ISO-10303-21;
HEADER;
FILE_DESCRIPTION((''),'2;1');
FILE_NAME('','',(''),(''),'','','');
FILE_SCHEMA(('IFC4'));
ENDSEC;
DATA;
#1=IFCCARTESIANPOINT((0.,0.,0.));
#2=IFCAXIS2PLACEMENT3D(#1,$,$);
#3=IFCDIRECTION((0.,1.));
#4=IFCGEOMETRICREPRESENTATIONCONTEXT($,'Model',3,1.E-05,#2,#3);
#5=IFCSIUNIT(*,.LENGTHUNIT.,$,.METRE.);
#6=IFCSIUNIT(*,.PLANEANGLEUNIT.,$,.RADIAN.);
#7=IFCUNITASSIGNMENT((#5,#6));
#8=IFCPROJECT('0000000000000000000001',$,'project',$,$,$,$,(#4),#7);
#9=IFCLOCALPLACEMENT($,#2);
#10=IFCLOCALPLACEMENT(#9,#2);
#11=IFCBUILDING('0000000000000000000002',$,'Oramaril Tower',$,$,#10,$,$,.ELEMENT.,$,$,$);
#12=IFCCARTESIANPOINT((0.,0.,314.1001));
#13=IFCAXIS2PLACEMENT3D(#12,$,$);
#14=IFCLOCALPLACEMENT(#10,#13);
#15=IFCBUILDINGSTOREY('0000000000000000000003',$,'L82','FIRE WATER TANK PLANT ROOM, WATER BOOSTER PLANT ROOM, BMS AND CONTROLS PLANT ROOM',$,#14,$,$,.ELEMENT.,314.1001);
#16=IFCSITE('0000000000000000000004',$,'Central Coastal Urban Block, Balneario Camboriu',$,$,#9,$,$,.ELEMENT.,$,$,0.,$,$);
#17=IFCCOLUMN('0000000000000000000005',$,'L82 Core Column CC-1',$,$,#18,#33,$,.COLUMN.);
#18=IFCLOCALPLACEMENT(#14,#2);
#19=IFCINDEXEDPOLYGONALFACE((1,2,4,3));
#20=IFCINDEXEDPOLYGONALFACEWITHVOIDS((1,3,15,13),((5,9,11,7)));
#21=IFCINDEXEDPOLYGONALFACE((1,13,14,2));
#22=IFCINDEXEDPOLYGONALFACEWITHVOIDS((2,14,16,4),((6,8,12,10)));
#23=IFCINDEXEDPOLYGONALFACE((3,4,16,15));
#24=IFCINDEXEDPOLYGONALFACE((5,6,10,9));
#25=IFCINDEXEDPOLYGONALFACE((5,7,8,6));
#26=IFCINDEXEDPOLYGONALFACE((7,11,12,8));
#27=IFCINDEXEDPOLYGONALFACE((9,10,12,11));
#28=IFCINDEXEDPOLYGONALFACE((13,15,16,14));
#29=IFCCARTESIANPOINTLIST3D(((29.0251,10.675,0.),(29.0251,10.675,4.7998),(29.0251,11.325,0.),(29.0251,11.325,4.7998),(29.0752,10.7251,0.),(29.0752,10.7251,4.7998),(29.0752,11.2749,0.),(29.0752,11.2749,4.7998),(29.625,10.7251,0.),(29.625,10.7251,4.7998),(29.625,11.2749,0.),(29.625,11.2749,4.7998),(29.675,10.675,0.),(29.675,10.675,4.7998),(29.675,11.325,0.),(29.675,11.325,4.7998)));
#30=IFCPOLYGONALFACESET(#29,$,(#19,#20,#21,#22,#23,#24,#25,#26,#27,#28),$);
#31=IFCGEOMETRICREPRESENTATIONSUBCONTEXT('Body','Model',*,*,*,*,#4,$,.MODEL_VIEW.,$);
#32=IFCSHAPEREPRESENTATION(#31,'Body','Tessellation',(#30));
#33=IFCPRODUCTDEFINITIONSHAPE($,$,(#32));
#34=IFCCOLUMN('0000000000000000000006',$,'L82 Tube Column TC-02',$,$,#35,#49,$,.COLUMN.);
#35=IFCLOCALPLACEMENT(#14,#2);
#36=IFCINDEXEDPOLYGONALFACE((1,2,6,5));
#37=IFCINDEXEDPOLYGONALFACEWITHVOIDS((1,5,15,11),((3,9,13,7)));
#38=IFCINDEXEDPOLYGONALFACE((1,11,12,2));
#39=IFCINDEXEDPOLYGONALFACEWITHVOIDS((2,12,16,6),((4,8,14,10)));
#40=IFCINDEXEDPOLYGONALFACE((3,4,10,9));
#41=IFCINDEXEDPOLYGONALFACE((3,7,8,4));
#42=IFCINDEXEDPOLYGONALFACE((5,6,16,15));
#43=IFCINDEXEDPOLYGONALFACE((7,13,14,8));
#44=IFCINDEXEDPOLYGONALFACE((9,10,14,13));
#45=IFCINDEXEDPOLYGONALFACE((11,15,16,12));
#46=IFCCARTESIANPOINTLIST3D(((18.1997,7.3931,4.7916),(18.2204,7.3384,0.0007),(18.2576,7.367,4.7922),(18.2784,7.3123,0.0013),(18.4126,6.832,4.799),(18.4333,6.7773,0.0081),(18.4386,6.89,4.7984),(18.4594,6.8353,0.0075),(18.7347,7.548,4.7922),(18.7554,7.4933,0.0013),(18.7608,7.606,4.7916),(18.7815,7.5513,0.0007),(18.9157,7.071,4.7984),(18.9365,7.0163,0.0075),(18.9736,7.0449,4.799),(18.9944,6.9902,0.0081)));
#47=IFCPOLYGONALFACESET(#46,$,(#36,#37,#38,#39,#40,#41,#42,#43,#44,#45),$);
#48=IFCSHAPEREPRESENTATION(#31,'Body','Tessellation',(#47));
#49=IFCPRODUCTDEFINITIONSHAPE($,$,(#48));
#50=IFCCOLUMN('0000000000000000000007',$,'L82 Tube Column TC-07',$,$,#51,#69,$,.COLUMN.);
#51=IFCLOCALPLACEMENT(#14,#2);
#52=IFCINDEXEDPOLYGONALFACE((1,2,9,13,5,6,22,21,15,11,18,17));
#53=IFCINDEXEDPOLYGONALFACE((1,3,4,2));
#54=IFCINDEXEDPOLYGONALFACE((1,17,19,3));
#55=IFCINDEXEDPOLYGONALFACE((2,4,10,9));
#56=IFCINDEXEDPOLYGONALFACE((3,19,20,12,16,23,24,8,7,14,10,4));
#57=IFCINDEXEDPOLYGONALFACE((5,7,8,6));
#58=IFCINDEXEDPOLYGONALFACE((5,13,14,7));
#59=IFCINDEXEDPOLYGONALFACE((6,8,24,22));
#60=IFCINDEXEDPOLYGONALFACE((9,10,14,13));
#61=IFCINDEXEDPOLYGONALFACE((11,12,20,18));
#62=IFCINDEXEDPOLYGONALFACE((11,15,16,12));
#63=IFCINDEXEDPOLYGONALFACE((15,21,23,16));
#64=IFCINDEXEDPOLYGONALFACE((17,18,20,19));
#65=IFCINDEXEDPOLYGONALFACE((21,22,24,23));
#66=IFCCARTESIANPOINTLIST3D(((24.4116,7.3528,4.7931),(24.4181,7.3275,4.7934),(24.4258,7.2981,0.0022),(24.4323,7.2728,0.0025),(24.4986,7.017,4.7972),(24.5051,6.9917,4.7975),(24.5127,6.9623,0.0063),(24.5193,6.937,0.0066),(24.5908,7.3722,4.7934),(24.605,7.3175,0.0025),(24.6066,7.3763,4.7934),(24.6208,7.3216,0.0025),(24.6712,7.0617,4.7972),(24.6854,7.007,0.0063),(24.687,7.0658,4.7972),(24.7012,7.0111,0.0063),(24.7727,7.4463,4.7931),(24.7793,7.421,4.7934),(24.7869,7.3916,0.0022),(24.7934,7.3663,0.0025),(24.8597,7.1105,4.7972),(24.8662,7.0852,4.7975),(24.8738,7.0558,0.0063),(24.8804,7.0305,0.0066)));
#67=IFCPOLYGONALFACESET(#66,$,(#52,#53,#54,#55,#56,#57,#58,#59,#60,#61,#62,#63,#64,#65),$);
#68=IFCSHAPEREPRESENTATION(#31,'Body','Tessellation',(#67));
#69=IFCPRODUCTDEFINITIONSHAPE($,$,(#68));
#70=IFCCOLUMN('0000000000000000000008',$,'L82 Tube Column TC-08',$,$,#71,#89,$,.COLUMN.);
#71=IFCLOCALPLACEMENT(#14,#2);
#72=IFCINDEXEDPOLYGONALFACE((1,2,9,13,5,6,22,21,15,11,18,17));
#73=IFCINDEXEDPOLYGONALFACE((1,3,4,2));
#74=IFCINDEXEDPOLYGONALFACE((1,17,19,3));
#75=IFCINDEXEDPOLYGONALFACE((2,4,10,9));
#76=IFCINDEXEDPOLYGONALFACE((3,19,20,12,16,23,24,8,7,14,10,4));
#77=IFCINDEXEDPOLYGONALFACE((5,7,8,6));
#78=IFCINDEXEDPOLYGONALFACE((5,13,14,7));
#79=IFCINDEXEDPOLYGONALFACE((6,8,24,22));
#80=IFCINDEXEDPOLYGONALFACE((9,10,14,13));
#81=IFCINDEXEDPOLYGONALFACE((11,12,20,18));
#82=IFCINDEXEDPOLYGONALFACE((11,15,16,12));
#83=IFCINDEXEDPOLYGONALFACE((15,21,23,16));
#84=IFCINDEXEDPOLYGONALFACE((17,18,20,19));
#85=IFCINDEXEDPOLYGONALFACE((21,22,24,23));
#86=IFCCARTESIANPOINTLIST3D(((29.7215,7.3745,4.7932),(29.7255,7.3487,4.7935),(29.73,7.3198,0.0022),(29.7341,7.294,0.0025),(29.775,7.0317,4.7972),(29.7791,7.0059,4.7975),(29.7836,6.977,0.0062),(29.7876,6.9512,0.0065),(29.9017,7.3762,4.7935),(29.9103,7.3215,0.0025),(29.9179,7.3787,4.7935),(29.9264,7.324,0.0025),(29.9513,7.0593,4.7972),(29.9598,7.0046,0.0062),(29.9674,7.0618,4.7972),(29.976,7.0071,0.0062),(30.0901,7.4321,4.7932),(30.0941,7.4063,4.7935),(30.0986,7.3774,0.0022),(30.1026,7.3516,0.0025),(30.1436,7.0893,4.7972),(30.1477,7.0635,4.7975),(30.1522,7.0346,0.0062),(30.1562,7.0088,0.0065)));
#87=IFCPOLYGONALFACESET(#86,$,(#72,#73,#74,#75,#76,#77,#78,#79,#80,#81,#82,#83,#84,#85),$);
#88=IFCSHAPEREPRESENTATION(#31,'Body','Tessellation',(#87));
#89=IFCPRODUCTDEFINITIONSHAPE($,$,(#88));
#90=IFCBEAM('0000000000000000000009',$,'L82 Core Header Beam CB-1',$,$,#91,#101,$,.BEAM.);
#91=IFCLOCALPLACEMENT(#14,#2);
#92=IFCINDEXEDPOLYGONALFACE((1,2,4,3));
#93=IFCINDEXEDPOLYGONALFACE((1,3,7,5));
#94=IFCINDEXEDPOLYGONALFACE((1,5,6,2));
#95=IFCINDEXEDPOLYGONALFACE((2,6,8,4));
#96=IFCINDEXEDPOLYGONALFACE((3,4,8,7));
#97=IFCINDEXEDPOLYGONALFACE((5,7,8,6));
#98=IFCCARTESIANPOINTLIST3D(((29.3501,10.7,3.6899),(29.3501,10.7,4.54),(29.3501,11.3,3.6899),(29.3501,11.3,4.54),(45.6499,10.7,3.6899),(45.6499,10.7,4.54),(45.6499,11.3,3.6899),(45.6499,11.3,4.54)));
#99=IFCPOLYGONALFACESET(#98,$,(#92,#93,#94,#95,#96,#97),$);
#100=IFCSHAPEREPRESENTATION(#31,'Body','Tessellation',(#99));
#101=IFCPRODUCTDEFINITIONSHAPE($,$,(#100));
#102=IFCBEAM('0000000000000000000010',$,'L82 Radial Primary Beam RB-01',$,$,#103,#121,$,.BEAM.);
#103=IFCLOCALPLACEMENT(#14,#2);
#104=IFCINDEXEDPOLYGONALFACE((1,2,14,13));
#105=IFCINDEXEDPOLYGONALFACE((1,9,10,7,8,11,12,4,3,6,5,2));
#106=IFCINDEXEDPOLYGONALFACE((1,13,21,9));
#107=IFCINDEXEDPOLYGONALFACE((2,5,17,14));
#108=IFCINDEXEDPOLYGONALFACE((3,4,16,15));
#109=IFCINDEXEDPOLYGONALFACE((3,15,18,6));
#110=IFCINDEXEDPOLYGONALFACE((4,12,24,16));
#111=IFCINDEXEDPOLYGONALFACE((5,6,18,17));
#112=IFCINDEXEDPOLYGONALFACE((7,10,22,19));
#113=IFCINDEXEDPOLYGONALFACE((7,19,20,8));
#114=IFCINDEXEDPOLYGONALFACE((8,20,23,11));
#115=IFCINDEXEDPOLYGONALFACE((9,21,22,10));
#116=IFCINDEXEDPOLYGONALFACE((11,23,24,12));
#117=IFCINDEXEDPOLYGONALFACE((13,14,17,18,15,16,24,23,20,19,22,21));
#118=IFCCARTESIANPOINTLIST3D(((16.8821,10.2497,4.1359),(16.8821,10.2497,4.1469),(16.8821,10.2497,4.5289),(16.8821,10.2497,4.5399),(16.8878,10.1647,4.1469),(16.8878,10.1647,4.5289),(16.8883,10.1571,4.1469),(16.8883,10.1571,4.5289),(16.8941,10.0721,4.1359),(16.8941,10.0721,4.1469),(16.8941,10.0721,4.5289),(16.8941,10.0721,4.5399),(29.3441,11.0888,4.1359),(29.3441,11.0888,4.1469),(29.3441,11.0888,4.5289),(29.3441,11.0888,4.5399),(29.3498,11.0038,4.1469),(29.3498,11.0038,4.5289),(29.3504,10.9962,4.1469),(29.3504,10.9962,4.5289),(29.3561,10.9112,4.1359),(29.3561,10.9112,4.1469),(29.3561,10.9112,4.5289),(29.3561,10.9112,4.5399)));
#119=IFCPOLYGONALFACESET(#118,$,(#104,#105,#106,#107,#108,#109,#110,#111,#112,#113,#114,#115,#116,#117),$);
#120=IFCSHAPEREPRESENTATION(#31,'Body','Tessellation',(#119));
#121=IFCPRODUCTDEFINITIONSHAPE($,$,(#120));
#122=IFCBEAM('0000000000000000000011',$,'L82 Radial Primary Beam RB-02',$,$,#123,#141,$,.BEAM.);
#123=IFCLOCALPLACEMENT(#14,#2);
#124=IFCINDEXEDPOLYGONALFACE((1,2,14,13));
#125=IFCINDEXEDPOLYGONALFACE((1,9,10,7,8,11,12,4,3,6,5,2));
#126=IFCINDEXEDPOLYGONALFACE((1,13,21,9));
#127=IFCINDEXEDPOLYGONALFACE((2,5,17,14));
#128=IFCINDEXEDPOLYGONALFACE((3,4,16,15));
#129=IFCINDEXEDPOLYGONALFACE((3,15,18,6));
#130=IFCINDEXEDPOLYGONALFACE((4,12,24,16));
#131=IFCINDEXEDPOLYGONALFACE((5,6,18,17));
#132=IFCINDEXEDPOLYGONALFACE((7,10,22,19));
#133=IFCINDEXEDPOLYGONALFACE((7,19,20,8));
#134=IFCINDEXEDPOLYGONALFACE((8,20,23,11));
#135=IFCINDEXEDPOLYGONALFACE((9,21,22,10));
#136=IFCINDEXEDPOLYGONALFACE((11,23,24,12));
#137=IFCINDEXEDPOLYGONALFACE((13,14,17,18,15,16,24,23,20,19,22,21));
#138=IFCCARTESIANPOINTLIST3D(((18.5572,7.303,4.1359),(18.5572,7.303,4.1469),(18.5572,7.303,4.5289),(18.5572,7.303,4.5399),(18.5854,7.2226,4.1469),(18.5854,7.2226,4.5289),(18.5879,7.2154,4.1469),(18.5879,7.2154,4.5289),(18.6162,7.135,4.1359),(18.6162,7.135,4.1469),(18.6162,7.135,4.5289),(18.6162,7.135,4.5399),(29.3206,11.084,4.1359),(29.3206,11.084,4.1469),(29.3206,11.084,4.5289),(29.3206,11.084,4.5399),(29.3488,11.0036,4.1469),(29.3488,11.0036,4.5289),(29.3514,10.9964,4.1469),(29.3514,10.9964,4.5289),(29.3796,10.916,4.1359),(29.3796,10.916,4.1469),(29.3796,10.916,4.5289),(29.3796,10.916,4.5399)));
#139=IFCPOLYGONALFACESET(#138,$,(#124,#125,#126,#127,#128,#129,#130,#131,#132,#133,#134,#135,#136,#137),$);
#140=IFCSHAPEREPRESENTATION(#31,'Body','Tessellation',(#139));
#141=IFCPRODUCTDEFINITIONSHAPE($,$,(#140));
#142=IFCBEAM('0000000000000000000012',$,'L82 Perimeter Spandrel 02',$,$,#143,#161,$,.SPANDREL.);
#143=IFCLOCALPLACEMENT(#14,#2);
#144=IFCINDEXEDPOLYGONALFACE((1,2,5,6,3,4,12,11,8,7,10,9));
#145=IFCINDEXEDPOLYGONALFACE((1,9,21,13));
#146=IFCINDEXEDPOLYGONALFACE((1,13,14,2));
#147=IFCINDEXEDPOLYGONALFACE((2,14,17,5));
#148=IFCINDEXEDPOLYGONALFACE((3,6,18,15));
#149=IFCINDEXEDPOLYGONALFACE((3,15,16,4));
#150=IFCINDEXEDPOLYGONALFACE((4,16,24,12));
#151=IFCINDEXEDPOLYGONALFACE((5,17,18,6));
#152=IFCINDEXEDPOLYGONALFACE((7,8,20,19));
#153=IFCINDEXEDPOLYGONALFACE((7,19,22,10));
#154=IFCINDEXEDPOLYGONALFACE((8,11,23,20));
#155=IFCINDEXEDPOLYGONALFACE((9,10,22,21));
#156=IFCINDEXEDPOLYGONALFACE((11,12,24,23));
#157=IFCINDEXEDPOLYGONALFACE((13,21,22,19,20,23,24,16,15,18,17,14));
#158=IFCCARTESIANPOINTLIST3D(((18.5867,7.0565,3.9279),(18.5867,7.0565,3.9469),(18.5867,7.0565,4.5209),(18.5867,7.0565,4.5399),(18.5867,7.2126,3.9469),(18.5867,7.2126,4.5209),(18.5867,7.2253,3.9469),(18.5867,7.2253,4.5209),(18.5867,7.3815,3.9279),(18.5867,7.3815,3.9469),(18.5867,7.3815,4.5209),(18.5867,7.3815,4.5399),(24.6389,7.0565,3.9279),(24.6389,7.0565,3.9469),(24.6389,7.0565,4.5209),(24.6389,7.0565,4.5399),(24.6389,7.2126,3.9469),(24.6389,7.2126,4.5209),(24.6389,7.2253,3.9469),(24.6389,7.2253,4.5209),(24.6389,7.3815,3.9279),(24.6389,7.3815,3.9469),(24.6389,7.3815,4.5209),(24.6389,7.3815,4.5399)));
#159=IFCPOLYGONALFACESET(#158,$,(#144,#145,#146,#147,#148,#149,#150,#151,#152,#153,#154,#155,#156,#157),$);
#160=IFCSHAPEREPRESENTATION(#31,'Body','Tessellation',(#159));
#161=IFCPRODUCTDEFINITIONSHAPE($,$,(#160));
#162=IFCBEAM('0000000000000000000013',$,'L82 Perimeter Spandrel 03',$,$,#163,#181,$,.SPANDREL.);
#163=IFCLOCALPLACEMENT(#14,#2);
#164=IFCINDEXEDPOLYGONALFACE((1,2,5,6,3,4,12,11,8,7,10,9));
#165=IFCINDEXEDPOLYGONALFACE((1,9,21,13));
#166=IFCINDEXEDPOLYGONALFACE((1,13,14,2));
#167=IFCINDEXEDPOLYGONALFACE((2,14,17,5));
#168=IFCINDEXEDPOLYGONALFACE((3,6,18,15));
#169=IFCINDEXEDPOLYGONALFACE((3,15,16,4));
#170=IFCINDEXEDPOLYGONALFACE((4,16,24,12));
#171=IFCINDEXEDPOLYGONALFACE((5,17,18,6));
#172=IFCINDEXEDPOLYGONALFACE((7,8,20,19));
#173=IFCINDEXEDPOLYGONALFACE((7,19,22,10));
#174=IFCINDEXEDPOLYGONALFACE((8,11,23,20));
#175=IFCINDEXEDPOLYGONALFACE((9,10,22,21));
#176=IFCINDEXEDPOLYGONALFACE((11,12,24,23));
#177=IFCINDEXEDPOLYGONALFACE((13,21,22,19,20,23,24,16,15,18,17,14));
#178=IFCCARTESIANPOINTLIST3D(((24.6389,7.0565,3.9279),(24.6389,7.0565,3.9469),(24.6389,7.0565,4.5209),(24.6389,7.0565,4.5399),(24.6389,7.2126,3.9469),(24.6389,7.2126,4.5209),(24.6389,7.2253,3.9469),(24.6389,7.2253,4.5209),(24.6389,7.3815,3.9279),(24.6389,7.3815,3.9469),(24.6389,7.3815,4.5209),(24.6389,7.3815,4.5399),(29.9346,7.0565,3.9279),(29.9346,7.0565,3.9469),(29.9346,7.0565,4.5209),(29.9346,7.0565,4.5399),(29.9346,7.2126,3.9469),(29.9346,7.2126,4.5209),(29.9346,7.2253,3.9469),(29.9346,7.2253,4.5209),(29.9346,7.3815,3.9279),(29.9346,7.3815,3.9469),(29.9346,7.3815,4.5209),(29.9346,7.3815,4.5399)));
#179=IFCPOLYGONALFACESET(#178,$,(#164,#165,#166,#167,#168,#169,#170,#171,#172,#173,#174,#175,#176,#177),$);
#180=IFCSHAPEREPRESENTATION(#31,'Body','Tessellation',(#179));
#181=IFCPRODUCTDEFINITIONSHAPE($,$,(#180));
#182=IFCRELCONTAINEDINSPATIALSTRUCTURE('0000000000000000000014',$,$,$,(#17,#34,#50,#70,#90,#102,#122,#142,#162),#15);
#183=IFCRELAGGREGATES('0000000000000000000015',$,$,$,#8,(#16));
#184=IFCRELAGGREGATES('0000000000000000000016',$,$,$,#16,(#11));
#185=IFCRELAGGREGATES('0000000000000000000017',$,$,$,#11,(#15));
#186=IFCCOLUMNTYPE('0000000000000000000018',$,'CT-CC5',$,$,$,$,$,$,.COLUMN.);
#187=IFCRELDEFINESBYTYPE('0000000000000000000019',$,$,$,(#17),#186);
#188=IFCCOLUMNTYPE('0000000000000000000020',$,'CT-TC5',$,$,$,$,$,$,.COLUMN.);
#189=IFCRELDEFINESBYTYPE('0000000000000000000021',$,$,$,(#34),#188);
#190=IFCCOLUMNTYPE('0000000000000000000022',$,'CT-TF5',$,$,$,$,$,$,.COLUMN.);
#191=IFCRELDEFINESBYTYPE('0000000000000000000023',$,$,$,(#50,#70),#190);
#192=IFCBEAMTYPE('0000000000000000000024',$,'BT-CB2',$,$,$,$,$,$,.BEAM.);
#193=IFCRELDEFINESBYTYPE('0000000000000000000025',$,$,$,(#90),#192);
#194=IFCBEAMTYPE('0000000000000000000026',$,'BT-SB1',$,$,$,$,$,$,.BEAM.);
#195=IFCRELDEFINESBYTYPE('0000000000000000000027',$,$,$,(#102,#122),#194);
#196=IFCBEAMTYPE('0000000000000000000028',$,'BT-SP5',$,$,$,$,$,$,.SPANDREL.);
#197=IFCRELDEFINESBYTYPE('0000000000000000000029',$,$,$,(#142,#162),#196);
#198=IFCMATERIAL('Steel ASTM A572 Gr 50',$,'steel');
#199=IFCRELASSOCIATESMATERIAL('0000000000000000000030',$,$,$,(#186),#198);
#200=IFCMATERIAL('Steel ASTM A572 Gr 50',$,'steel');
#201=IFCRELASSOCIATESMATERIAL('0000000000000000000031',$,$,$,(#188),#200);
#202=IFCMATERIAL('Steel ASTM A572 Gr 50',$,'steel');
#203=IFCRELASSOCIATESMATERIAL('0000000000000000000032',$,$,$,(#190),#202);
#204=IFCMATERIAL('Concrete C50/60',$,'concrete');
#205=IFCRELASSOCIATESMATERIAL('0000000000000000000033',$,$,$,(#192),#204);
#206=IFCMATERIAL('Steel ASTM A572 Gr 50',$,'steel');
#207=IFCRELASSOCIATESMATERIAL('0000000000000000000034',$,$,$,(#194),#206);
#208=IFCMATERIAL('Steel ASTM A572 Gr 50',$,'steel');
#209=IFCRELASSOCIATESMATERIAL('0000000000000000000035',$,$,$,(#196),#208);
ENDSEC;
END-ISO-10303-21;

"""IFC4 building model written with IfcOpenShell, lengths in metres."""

from ifc_helpers import new_model, si_unit, direction, frame, origin, origin_2d, place, context, subcontext, project, spatial, rectangle, hollow_rectangle, i_section, extrude, material, material_profile, profile_set, type_object, element, save


model = new_model("IFC4")

# Units and contexts
model_context = context("Model", 3, precision=1e-05, world=origin(), true_north=direction((0.0, 1.0)))
body_context = subcontext(model_context, "Body", "Model", "MODEL_VIEW")
ifc_project = project(units=[si_unit("LENGTHUNIT", "METRE"), si_unit("PLANEANGLEUNIT", "RADIAN")], contexts=[model_context])

# Site, building, storey
site_placement = place(None, origin())
site = spatial("IfcSite", under=ifc_project, at=site_placement, Name="Central Coastal Urban Block, Balneario Camboriu", CompositionType="ELEMENT", RefElevation=0.0)
building_placement = place(site_placement, origin())
building = spatial("IfcBuilding", under=site, at=building_placement, Name="Oramaril Tower", CompositionType="ELEMENT")
storey_placement = place(building_placement, frame((0.0, 0.0, 314.1001)))
storey = spatial("IfcBuildingStorey", under=building, at=storey_placement, Name="L82", Description="FIRE WATER TANK PLANT ROOM, WATER BOOSTER PLANT ROOM, BMS AND CONTROLS PLANT ROOM", CompositionType="ELEMENT", Elevation=314.1001)

# Columns
ifc_material_1 = material(Name="Steel ASTM A572 Gr 50", Category="steel")
ifc_material_profile_1 = material_profile(ifc_material_1, hollow_rectangle(XDim=0.6499, YDim=0.6499, WallThickness=0.05, at=origin_2d()), Name="BOX650X650X50")
ifc_profile_set_1 = profile_set([ifc_material_profile_1], Name="Steel ASTM A572 Gr 50")
column_type_1 = type_object("IfcColumnType", Name="CT-CC5", PredefinedType="COLUMN", material=ifc_profile_set_1)
column_1_placement = place(storey_placement, frame((29.3501, 11.0, 0.0), z_axis=(0.0, 0.0, 1.0), x_axis=(1.0, 0.0, 0.0)))
element("IfcColumn", 1, at=column_1_placement, inside=storey, type_object=column_type_1, Name="L82 Core Column CC-1", PredefinedType="COLUMN", context=body_context, shape_type="SweptSolid", body=[
    extrude(hollow_rectangle(XDim=0.6499, YDim=0.6499, WallThickness=0.05, at=origin_2d()), origin(), (0.0, 0.0, 1.0), 4.7998),
])
ifc_material_2 = material(Name="Steel ASTM A572 Gr 50", Category="steel")
ifc_material_profile_2 = material_profile(ifc_material_2, hollow_rectangle(XDim=0.6001, YDim=0.6001, WallThickness=0.0449, at=origin_2d()), Name="BOX600X600X45")
ifc_profile_set_2 = profile_set([ifc_material_profile_2], Name="Steel ASTM A572 Gr 50")
column_type_2 = type_object("IfcColumnType", Name="CT-TC5", PredefinedType="COLUMN", material=ifc_profile_set_2)
column_2_placement = place(storey_placement, frame((18.6074, 7.1643, 0.0044), z_axis=(-0.004331, 0.011414, 0.999925), x_axis=(-0.93495, -0.35478, 0.0)))
element("IfcColumn", 2, at=column_2_placement, inside=storey, type_object=column_type_2, Name="L82 Tube Column TC-02", PredefinedType="COLUMN", context=body_context, shape_type="SweptSolid", body=[
    extrude(hollow_rectangle(XDim=0.6001, YDim=0.6001, WallThickness=0.0449, at=origin_2d()), origin(), (0.0, 0.0, 1.0), 4.7913),
])
ifc_material_3 = material(Name="Steel ASTM A572 Gr 50", Category="steel")
ifc_material_profile_3 = material_profile(ifc_material_3, i_section(OverallWidth=0.373, OverallDepth=0.373, WebThickness=0.0164, FlangeThickness=0.0261, at=origin_2d()), Name="W14X132")
ifc_profile_set_3 = profile_set([ifc_material_profile_3], Name="Steel ASTM A572 Gr 50")
column_type_3 = type_object("IfcColumnType", Name="CT-TF5", PredefinedType="COLUMN", material=ifc_profile_set_3)
for number, where, z_axis, x_axis, name in (
    (3, (24.6531, 7.1643, 0.0044), (-0.002955, 0.011414, 0.99993), (-0.968075, -0.250662, 0.0), "L82 Tube Column TC-07"),
    (4, (29.9431, 7.1643, 0.0044), (-0.001783, 0.011414, 0.999933), (-0.988012, -0.154377, 0.0), "L82 Tube Column TC-08"),
):
    element("IfcColumn", number, at=place(storey_placement, frame(where, z_axis=z_axis, x_axis=x_axis)), inside=storey, type_object=column_type_3, Name=name, PredefinedType="COLUMN", context=body_context, shape_type="SweptSolid", body=[
        extrude(i_section(OverallWidth=0.373, OverallDepth=0.373, WebThickness=0.0164, FlangeThickness=0.0261, at=origin_2d()), origin(), (0.0, 0.0, 1.0), 4.7913),
    ])

# Beams
ifc_material_4 = material(Name="Concrete C50/60", Category="concrete")
ifc_material_profile_4 = material_profile(ifc_material_4, rectangle(XDim=0.6001, YDim=0.8501, at=origin_2d()), Name="CB600X850")
ifc_profile_set_4 = profile_set([ifc_material_profile_4], Name="Concrete C50/60")
beam_type_1 = type_object("IfcBeamType", Name="BT-CB2", PredefinedType="BEAM", material=ifc_profile_set_4)
beam_1_placement = place(storey_placement, frame((29.3501, 11.0, 4.115), z_axis=(1.0, 0.0, 0.0), x_axis=(0.0, 1.0, 0.0)))
element("IfcBeam", 5, at=beam_1_placement, inside=storey, type_object=beam_type_1, Name="L82 Core Header Beam CB-1", PredefinedType="BEAM", context=body_context, shape_type="SweptSolid", body=[
    extrude(rectangle(XDim=0.6001, YDim=0.8501, at=origin_2d()), origin(), (0.0, 0.0, 1.0), 16.2998),
])
ifc_material_5 = material(Name="Steel ASTM A572 Gr 50", Category="steel")
ifc_material_profile_5 = material_profile(ifc_material_5, i_section(OverallWidth=0.178, OverallDepth=0.4041, WebThickness=0.0076, FlangeThickness=0.011, at=origin_2d()), Name="W16X36")
ifc_profile_set_5 = profile_set([ifc_material_profile_5], Name="Steel ASTM A572 Gr 50")
beam_type_2 = type_object("IfcBeamType", Name="BT-SB1", PredefinedType="BEAM", material=ifc_profile_set_5)
beam_2_placement = place(storey_placement, frame((29.3501, 11.0, 4.3379), z_axis=(-0.997741, -0.067182, 0.0), x_axis=(0.067182, -0.997741, 0.0)))
element("IfcBeam", 6, at=beam_2_placement, inside=storey, type_object=beam_type_2, Name="L82 Radial Primary Beam RB-01", PredefinedType="BEAM", context=body_context, shape_type="SweptSolid", body=[
    extrude(i_section(OverallWidth=0.178, OverallDepth=0.4041, WebThickness=0.0076, FlangeThickness=0.011, at=origin_2d()), origin(), (0.0, 0.0, 1.0), 12.4902),
])
beam_3_placement = place(storey_placement, frame((29.3501, 11.0, 4.3379), z_axis=(-0.94348, -0.331428, 0.0), x_axis=(0.331428, -0.94348, 0.0)))
element("IfcBeam", 7, at=beam_3_placement, inside=storey, type_object=beam_type_2, Name="L82 Radial Primary Beam RB-02", PredefinedType="BEAM", context=body_context, shape_type="SweptSolid", body=[
    extrude(i_section(OverallWidth=0.178, OverallDepth=0.4041, WebThickness=0.0076, FlangeThickness=0.011, at=origin_2d()), origin(), (0.0, 0.0, 1.0), 11.4082),
])
ifc_material_6 = material(Name="Steel ASTM A572 Gr 50", Category="steel")
ifc_material_profile_6 = material_profile(ifc_material_6, i_section(OverallWidth=0.325, OverallDepth=0.6121, WebThickness=0.0127, FlangeThickness=0.019, at=origin_2d()), Name="W24X104")
ifc_profile_set_6 = profile_set([ifc_material_profile_6], Name="Steel ASTM A572 Gr 50")
beam_type_3 = type_object("IfcBeamType", Name="BT-SP5", PredefinedType="SPANDREL", material=ifc_profile_set_6)
beam_4_placement = place(storey_placement, frame((18.5867, 7.219, 4.2339), z_axis=(1.0, 0.0, 0.0), x_axis=(0.0, 1.0, 0.0)))
element("IfcBeam", 8, at=beam_4_placement, inside=storey, type_object=beam_type_3, Name="L82 Perimeter Spandrel 02", PredefinedType="SPANDREL", context=body_context, shape_type="SweptSolid", body=[
    extrude(i_section(OverallWidth=0.325, OverallDepth=0.6121, WebThickness=0.0127, FlangeThickness=0.019, at=origin_2d()), origin(), (0.0, 0.0, 1.0), 6.0522),
])
beam_5_placement = place(storey_placement, frame((24.6389, 7.219, 4.2339), z_axis=(1.0, 0.0, 0.0), x_axis=(0.0, 1.0, 0.0)))
element("IfcBeam", 9, at=beam_5_placement, inside=storey, type_object=beam_type_3, Name="L82 Perimeter Spandrel 03", PredefinedType="SPANDREL", context=body_context, shape_type="SweptSolid", body=[
    extrude(i_section(OverallWidth=0.325, OverallDepth=0.6121, WebThickness=0.0127, FlangeThickness=0.019, at=origin_2d()), origin(), (0.0, 0.0, 1.0), 5.2957),
])

save(model, "model.ifc")
